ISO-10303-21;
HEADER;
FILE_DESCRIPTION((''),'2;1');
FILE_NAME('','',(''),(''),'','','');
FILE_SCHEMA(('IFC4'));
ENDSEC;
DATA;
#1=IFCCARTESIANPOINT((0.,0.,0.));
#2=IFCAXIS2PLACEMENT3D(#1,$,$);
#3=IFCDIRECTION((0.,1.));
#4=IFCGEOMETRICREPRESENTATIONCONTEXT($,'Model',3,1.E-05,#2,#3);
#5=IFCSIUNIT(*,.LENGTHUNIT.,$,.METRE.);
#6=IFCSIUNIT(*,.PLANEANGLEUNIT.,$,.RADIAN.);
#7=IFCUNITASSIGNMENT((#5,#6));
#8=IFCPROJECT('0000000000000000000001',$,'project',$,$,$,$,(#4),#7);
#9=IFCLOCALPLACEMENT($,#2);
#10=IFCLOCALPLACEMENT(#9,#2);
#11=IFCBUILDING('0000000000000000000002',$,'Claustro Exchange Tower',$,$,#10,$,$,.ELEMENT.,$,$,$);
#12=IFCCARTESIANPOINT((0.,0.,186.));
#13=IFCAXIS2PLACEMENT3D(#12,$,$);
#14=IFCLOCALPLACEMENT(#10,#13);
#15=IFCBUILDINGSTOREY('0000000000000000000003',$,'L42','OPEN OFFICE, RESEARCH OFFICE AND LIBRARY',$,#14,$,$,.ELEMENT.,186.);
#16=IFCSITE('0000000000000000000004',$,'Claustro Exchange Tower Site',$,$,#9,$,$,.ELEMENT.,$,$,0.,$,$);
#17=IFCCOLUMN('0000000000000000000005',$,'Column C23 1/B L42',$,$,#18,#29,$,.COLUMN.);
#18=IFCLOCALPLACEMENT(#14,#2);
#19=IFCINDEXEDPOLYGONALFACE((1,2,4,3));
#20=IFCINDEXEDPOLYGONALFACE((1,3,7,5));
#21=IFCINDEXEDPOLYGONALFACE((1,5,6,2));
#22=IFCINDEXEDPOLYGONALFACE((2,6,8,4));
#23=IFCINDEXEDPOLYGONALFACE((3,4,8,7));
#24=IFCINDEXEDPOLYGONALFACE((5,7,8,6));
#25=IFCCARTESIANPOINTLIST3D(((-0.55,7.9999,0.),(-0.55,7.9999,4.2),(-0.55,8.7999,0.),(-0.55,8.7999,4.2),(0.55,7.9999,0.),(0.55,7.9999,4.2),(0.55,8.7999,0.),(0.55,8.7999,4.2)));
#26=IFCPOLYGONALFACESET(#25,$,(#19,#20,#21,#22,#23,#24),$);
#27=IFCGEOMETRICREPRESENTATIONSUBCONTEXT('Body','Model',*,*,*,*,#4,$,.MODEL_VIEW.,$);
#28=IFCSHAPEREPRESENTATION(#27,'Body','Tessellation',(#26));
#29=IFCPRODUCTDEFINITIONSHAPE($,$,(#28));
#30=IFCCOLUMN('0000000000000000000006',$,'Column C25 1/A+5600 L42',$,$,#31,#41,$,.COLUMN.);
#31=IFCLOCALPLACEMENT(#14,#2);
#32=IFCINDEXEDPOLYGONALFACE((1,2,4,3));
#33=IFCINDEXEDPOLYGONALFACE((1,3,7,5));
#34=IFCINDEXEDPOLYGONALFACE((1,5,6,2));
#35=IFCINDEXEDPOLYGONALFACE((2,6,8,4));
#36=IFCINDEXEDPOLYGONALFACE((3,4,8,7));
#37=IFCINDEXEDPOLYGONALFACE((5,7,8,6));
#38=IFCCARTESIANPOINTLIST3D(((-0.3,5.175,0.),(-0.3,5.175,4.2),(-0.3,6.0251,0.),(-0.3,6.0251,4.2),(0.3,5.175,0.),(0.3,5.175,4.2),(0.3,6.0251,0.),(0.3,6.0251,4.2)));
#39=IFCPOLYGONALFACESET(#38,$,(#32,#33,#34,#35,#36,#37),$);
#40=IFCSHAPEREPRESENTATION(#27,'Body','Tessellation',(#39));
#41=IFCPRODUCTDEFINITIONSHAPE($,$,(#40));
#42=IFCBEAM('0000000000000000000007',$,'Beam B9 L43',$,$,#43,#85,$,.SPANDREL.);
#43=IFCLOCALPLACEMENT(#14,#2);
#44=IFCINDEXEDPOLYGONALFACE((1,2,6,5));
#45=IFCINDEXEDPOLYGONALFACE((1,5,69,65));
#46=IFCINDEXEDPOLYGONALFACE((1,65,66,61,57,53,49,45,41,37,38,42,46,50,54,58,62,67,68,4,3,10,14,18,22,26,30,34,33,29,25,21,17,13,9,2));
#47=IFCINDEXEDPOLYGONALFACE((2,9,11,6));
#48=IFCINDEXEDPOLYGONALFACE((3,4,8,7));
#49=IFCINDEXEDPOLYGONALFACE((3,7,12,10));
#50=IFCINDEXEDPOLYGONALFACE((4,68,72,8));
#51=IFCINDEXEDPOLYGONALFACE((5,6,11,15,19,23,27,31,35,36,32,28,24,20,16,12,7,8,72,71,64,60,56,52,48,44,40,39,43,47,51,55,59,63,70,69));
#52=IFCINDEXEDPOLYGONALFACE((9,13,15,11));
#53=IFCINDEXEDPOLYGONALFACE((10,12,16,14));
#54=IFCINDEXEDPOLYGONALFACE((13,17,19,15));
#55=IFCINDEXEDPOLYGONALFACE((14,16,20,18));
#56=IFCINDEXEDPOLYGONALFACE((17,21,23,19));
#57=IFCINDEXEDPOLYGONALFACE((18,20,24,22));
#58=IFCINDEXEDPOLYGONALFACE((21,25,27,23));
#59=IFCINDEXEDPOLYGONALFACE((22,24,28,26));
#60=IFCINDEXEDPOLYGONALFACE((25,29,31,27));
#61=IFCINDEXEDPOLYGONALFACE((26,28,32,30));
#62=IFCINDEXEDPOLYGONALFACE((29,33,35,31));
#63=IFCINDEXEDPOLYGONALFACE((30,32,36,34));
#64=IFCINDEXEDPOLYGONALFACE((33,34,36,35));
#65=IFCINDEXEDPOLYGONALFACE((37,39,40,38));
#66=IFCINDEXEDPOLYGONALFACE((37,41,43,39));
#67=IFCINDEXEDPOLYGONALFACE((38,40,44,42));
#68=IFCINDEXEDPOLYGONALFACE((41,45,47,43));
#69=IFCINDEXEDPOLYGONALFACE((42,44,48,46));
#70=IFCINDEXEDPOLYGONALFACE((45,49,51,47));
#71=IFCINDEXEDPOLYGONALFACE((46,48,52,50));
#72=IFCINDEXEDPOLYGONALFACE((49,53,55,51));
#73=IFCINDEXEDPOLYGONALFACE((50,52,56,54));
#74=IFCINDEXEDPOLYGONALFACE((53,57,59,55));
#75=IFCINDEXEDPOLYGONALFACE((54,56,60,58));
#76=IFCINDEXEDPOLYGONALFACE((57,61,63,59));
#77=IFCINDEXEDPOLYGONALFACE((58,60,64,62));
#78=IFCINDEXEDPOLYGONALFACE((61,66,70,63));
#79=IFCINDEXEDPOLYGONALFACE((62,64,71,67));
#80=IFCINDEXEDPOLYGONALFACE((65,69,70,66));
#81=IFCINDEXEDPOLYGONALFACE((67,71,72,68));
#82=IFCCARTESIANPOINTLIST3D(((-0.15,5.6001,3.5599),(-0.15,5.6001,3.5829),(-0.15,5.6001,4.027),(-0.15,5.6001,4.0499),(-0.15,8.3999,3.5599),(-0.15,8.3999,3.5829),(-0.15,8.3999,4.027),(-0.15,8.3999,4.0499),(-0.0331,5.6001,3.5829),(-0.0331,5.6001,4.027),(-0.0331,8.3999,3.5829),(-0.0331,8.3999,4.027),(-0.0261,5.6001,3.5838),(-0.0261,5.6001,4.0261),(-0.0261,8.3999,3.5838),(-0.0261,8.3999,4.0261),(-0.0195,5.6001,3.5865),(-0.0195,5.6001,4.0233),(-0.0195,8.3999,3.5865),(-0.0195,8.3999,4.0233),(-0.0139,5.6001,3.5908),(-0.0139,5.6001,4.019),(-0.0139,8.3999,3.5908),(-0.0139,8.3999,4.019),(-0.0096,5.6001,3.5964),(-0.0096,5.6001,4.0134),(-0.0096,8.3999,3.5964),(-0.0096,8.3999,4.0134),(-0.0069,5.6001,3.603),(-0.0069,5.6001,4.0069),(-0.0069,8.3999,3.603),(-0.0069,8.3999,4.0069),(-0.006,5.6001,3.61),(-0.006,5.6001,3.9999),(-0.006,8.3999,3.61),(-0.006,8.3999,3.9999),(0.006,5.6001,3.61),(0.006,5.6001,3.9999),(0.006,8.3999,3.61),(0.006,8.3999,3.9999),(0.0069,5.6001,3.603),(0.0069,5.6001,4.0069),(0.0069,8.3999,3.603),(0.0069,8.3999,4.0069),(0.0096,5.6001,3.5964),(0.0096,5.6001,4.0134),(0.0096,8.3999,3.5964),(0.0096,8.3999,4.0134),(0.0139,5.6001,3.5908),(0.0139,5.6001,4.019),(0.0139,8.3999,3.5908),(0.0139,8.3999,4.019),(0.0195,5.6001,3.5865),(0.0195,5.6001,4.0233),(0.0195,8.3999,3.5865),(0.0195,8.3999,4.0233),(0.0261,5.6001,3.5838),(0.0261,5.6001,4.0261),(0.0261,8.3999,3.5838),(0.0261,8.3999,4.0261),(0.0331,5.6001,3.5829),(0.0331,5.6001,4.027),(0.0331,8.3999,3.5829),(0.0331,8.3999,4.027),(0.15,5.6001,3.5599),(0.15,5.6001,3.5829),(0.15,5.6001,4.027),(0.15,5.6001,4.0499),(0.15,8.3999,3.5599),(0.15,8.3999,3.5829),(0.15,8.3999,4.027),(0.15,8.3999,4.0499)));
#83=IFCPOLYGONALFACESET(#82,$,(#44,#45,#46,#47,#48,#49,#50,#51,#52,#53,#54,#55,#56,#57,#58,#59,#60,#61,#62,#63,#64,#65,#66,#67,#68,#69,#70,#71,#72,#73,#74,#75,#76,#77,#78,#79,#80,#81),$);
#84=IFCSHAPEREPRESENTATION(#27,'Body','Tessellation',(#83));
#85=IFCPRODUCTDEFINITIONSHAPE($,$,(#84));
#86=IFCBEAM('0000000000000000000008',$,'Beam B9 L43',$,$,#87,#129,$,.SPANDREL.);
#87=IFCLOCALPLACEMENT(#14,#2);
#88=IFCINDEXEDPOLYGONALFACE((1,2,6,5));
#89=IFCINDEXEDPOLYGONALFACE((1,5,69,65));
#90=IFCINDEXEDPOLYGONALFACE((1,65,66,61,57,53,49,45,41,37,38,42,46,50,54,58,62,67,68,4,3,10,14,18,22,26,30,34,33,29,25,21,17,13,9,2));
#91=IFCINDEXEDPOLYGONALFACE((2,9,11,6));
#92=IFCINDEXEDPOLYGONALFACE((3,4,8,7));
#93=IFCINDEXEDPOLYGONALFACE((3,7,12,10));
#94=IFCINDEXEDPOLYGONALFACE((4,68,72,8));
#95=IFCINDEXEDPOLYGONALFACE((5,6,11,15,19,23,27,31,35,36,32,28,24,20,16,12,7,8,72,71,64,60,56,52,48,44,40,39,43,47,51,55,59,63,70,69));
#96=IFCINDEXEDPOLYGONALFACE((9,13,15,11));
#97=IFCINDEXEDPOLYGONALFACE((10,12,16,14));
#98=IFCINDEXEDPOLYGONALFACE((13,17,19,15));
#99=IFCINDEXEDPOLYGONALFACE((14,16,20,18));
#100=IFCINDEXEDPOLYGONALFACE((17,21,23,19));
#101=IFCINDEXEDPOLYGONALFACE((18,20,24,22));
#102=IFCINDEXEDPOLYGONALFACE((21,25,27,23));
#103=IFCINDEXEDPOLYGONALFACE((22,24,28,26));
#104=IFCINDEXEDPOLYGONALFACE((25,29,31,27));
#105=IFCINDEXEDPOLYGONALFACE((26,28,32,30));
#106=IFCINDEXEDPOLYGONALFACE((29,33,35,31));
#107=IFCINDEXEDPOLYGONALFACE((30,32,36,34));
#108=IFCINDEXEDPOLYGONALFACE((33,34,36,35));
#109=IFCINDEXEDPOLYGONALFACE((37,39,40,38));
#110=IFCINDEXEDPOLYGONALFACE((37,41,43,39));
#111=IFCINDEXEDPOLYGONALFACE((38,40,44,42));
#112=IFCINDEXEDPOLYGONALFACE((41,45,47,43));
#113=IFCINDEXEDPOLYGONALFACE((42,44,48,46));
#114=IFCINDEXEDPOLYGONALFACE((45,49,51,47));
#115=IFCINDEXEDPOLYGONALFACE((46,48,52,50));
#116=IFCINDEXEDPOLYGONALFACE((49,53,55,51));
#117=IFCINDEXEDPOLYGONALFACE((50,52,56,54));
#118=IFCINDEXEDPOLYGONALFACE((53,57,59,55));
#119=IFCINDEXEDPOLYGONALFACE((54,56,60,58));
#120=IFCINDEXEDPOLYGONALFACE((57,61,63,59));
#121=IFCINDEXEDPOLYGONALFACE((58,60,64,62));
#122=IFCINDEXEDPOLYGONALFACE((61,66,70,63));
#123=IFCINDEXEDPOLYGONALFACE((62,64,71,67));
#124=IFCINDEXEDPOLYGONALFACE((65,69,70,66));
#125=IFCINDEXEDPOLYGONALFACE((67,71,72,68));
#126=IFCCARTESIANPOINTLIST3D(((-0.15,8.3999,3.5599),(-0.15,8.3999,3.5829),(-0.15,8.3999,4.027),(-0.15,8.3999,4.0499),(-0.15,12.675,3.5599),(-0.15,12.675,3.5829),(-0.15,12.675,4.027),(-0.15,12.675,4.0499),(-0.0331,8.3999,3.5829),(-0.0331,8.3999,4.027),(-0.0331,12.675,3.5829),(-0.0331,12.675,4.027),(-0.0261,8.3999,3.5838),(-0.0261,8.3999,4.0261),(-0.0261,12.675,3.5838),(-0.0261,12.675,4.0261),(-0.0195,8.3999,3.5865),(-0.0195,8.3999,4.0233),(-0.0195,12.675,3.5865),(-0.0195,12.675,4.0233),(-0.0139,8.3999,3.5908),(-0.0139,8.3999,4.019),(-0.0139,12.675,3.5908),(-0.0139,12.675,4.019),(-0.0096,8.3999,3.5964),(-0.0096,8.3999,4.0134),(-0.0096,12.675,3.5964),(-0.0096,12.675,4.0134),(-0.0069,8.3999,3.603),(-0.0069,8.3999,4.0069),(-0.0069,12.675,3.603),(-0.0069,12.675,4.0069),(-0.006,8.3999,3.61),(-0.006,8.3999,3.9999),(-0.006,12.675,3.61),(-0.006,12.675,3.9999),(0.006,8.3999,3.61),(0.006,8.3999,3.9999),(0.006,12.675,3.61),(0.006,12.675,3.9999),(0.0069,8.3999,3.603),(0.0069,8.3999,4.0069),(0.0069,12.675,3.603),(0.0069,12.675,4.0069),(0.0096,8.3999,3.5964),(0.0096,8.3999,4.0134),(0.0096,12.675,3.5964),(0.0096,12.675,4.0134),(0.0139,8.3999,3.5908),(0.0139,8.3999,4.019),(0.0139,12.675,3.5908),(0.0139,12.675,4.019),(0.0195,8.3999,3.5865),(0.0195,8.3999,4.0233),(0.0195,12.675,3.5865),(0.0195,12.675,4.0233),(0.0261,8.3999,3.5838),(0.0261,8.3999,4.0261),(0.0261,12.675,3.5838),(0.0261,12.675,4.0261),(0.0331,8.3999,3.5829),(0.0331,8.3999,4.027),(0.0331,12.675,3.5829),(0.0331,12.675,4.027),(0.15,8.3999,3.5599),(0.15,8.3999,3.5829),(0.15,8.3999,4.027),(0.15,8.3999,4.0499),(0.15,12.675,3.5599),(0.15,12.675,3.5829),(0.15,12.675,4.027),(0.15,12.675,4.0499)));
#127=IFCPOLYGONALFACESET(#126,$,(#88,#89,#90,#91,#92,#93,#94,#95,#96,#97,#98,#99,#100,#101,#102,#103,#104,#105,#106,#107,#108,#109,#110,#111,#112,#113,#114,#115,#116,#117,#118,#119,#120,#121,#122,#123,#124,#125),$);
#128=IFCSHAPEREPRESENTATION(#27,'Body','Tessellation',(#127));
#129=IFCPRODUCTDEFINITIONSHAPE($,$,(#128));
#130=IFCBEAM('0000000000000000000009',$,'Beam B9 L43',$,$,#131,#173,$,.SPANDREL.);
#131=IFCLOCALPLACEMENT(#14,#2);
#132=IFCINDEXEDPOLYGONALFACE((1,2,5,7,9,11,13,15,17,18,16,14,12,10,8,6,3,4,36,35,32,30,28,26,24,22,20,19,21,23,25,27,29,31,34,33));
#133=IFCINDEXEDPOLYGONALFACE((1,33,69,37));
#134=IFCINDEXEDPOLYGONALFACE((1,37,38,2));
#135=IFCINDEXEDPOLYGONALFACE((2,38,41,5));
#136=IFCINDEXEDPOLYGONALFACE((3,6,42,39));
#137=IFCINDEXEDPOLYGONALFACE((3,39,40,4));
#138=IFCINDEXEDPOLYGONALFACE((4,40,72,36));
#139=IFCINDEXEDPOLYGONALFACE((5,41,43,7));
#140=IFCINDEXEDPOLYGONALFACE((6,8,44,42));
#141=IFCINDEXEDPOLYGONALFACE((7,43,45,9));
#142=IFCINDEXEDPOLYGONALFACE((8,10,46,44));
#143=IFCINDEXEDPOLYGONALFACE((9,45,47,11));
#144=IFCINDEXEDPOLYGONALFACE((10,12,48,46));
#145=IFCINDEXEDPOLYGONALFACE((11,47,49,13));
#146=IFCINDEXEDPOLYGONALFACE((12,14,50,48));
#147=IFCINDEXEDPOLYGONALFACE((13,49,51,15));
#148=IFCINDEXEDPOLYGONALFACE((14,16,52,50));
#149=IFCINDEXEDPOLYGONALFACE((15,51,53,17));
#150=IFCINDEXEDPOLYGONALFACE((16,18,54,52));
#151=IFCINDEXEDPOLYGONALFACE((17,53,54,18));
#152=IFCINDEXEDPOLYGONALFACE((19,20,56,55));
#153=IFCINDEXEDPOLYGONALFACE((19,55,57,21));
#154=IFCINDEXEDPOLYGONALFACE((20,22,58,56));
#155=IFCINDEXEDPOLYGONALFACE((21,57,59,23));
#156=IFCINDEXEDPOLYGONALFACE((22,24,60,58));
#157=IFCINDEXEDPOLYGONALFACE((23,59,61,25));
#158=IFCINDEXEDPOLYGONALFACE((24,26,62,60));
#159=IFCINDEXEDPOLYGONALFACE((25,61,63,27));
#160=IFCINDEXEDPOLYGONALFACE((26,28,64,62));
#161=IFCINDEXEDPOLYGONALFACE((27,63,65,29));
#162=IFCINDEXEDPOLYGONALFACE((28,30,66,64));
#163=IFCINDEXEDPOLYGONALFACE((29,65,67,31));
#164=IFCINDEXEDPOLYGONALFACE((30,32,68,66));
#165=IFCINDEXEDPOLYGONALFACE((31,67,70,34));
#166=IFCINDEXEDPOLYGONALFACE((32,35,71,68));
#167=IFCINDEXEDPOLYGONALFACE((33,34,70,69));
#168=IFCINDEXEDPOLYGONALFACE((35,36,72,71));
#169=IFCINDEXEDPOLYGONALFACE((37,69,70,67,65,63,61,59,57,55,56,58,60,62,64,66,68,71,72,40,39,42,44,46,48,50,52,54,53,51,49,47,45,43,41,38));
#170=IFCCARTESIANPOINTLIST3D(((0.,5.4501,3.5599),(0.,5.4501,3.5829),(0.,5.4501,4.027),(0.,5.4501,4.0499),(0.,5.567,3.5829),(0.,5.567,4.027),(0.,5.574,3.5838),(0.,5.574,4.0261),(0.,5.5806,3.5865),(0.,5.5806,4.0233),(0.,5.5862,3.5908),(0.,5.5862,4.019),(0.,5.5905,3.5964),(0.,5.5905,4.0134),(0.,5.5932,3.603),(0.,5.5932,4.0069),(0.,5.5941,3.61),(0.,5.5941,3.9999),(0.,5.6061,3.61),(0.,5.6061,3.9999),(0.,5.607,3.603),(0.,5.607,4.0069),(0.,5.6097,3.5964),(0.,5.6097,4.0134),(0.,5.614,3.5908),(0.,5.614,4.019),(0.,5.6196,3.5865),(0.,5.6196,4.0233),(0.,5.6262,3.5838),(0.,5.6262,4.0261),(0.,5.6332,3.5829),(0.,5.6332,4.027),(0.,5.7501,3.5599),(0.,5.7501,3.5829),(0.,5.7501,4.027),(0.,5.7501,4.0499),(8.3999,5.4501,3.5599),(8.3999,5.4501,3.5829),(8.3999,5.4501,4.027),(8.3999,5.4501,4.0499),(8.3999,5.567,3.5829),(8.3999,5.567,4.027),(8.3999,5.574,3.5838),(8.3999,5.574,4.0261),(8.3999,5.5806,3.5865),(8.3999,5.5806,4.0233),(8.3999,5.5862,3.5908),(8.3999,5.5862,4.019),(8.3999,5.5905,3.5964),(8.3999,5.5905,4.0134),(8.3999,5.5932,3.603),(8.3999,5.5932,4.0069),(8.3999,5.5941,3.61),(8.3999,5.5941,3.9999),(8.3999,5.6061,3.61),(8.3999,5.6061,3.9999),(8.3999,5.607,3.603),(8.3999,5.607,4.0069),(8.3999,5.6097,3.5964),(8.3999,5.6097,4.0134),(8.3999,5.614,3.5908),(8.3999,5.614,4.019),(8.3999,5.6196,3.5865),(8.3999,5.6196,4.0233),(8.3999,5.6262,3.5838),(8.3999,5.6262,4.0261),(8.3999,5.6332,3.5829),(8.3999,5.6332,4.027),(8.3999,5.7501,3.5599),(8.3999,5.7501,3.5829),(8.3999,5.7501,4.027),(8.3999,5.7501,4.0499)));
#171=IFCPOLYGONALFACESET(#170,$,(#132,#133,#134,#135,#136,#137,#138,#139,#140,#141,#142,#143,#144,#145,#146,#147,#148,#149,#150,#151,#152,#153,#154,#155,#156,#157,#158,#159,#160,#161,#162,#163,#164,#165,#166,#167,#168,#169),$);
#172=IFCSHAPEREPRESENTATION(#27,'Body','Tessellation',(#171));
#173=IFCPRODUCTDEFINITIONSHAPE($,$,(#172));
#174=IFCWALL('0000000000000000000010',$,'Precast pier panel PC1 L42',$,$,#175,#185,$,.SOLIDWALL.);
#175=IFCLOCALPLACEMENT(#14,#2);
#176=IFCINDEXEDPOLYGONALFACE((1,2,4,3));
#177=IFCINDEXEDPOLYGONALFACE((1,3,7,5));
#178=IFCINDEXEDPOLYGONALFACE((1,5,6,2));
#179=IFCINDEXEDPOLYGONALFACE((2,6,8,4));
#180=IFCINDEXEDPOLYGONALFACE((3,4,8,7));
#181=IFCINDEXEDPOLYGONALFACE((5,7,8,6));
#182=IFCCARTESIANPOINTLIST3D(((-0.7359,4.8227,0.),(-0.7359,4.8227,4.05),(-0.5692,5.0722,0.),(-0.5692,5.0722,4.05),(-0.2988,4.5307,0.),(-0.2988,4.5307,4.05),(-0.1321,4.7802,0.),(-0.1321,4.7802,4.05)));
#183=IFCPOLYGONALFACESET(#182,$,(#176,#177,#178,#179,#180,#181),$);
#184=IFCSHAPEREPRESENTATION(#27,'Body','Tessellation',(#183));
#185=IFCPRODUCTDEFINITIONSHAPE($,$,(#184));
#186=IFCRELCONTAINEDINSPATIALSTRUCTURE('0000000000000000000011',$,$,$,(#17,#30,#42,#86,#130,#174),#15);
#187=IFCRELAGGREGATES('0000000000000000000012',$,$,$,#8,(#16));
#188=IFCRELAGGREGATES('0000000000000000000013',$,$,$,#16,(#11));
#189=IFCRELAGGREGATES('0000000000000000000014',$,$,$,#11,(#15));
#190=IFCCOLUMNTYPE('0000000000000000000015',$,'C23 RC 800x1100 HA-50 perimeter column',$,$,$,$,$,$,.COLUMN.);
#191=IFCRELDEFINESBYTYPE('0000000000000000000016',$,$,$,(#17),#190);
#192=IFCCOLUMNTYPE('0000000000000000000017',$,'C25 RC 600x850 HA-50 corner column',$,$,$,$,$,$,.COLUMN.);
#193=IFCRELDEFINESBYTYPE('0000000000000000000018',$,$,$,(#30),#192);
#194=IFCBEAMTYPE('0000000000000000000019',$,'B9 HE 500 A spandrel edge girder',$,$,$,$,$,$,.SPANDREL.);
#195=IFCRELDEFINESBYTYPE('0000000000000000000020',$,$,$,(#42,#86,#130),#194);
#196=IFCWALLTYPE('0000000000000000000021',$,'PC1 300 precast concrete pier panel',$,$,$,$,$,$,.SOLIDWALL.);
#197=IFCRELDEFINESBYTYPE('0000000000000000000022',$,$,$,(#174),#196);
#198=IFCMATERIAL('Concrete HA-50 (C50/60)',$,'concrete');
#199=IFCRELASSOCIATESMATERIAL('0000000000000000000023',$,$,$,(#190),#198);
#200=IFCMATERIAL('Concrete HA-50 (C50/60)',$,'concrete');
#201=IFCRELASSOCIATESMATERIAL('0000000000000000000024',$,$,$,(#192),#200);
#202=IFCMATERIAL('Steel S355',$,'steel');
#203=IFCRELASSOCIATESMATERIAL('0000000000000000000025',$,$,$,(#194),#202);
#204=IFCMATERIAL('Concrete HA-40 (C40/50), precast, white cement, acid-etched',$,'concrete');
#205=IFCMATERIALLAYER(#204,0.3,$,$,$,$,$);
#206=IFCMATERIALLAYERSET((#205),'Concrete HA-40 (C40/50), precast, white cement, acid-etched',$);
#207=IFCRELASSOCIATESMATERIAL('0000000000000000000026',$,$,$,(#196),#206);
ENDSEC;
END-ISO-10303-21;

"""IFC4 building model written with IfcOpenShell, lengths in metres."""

from ifc_helpers import new_model, si_unit, direction, frame, frame_2d, origin, origin_2d, place, context, subcontext, project, spatial, rectangle, i_section, extrude, material, layer, layer_set, material_profile, profile_set, type_object, element, save


model = new_model("IFC4")

# Units and contexts
model_context = context("Model", 3, precision=1e-05, world=origin(), true_north=direction((0.0, 1.0)))
body_context = subcontext(model_context, "Body", "Model", "MODEL_VIEW")
ifc_project = project(units=[si_unit("LENGTHUNIT", "METRE"), si_unit("PLANEANGLEUNIT", "RADIAN")], contexts=[model_context])

# Site, building, storey
site_placement = place(None, origin())
site = spatial("IfcSite", under=ifc_project, at=site_placement, Name="Claustro Exchange Tower Site", CompositionType="ELEMENT", RefElevation=0.0)
building_placement = place(site_placement, origin())
building = spatial("IfcBuilding", under=site, at=building_placement, Name="Claustro Exchange Tower", CompositionType="ELEMENT")
storey_placement = place(building_placement, frame((0.0, 0.0, 186.0)))
storey = spatial("IfcBuildingStorey", under=building, at=storey_placement, Name="L42", Description="OPEN OFFICE, RESEARCH OFFICE AND LIBRARY", CompositionType="ELEMENT", Elevation=186.0)

# Columns
ifc_material_1 = material(Name="Concrete HA-50 (C50/60)", Category="concrete")
ifc_material_profile_1 = material_profile(ifc_material_1, rectangle(XDim=0.8, YDim=1.1001, at=origin_2d()), Name="RC 800x1100")
ifc_profile_set_1 = profile_set([ifc_material_profile_1], Name="Concrete HA-50 (C50/60)")
column_type_1 = type_object("IfcColumnType", Name="C23 RC 800x1100 HA-50 perimeter column", PredefinedType="COLUMN", material=ifc_profile_set_1)
column_1_placement = place(storey_placement, frame((0.0, 8.3999, 0.0), z_axis=(0.0, 0.0, 1.0), x_axis=(0.0, 1.0, 0.0)))
element("IfcColumn", 1, at=column_1_placement, inside=storey, type_object=column_type_1, Name="Column C23 1/B L42", PredefinedType="COLUMN", context=body_context, shape_type="SweptSolid", body=[
    extrude(rectangle(XDim=0.8, YDim=1.1001, at=origin_2d()), origin(), (0.0, 0.0, 1.0), 4.2),
])
ifc_material_2 = material(Name="Concrete HA-50 (C50/60)", Category="concrete")
ifc_material_profile_2 = material_profile(ifc_material_2, rectangle(XDim=0.6001, YDim=0.8501, at=origin_2d()), Name="RC 600x850")
ifc_profile_set_2 = profile_set([ifc_material_profile_2], Name="Concrete HA-50 (C50/60)")
column_type_2 = type_object("IfcColumnType", Name="C25 RC 600x850 HA-50 corner column", PredefinedType="COLUMN", material=ifc_profile_set_2)
column_2_placement = place(storey_placement, frame((0.0, 5.6001, 0.0), z_axis=(0.0, 0.0, 1.0), x_axis=(1.0, 0.0, 0.0)))
element("IfcColumn", 2, at=column_2_placement, inside=storey, type_object=column_type_2, Name="Column C25 1/A+5600 L42", PredefinedType="COLUMN", context=body_context, shape_type="SweptSolid", body=[
    extrude(rectangle(XDim=0.6001, YDim=0.8501, at=origin_2d()), origin(), (0.0, 0.0, 1.0), 4.2),
])

# Beams
ifc_material_3 = material(Name="Steel S355", Category="steel")
ifc_material_profile_3 = material_profile(ifc_material_3, i_section(OverallWidth=0.3, OverallDepth=0.49, WebThickness=0.012, FlangeThickness=0.0229, FilletRadius=0.0271, at=origin_2d()), Name="HE 500 A")
ifc_profile_set_3 = profile_set([ifc_material_profile_3], Name="Steel S355")
beam_type = type_object("IfcBeamType", Name="B9 HE 500 A spandrel edge girder", PredefinedType="SPANDREL", material=ifc_profile_set_3)
beam_1_placement = place(storey_placement, frame((0.0, 5.6001, 3.8049), z_axis=(0.0, 1.0, 0.0), x_axis=(-1.0, 0.0, 0.0)))
element("IfcBeam", 3, at=beam_1_placement, inside=storey, type_object=beam_type, Name="Beam B9 L43", PredefinedType="SPANDREL", context=body_context, shape_type="SweptSolid", body=[
    extrude(i_section(OverallWidth=0.3, OverallDepth=0.49, WebThickness=0.012, FlangeThickness=0.0229, FilletRadius=0.0271, at=origin_2d()), origin(), (0.0, 0.0, 1.0), 2.7998),
])
beam_2_placement = place(storey_placement, frame((0.0, 8.3999, 3.8049), z_axis=(0.0, 1.0, 0.0), x_axis=(-1.0, 0.0, 0.0)))
element("IfcBeam", 4, at=beam_2_placement, inside=storey, type_object=beam_type, Name="Beam B9 L43", PredefinedType="SPANDREL", context=body_context, shape_type="SweptSolid", body=[
    extrude(i_section(OverallWidth=0.3, OverallDepth=0.49, WebThickness=0.012, FlangeThickness=0.0229, FilletRadius=0.0271, at=origin_2d()), origin(), (0.0, 0.0, 1.0), 4.2751),
])
beam_3_placement = place(storey_placement, frame((0.0, 5.6001, 3.8049), z_axis=(1.0, 0.0, 0.0), x_axis=(0.0, 1.0, 0.0)))
element("IfcBeam", 5, at=beam_3_placement, inside=storey, type_object=beam_type, Name="Beam B9 L43", PredefinedType="SPANDREL", context=body_context, shape_type="SweptSolid", body=[
    extrude(i_section(OverallWidth=0.3, OverallDepth=0.49, WebThickness=0.012, FlangeThickness=0.0229, FilletRadius=0.0271, at=origin_2d()), origin(), (0.0, 0.0, 1.0), 8.3999),
])

# Wall
ifc_material_4 = material(Name="Concrete HA-40 (C40/50), precast, white cement, acid-etched", Category="concrete")
ifc_layer_1 = layer(ifc_material_4, 0.3)
ifc_layer_set_1 = layer_set([ifc_layer_1], Name="Concrete HA-40 (C40/50), precast, white cement, acid-etched")
wall_type_1 = type_object("IfcWallType", Name="PC1 300 precast concrete pier panel", PredefinedType="SOLIDWALL", material=ifc_layer_set_1)
for number, where, z_axis, x_axis, name in (
    (6, (-0.2156, 4.6555, 0.0), (0.0, 0.0, 1.0), (-0.831478, 0.555557, 0.0), "Precast pier panel PC1 L42"),
):
    element("IfcWall", number, at=place(storey_placement, frame(where, z_axis=z_axis, x_axis=x_axis)), inside=storey, type_object=wall_type_1, Name=name, PredefinedType="SOLIDWALL", context=body_context, shape_type="SweptSolid", body=[
        extrude(rectangle(XDim=0.5256, YDim=0.3, at=frame_2d((0.2627, 0.0))), origin(), (0.0, 0.0, 1.0), 4.05),
    ])

save(model, "model.ifc")
